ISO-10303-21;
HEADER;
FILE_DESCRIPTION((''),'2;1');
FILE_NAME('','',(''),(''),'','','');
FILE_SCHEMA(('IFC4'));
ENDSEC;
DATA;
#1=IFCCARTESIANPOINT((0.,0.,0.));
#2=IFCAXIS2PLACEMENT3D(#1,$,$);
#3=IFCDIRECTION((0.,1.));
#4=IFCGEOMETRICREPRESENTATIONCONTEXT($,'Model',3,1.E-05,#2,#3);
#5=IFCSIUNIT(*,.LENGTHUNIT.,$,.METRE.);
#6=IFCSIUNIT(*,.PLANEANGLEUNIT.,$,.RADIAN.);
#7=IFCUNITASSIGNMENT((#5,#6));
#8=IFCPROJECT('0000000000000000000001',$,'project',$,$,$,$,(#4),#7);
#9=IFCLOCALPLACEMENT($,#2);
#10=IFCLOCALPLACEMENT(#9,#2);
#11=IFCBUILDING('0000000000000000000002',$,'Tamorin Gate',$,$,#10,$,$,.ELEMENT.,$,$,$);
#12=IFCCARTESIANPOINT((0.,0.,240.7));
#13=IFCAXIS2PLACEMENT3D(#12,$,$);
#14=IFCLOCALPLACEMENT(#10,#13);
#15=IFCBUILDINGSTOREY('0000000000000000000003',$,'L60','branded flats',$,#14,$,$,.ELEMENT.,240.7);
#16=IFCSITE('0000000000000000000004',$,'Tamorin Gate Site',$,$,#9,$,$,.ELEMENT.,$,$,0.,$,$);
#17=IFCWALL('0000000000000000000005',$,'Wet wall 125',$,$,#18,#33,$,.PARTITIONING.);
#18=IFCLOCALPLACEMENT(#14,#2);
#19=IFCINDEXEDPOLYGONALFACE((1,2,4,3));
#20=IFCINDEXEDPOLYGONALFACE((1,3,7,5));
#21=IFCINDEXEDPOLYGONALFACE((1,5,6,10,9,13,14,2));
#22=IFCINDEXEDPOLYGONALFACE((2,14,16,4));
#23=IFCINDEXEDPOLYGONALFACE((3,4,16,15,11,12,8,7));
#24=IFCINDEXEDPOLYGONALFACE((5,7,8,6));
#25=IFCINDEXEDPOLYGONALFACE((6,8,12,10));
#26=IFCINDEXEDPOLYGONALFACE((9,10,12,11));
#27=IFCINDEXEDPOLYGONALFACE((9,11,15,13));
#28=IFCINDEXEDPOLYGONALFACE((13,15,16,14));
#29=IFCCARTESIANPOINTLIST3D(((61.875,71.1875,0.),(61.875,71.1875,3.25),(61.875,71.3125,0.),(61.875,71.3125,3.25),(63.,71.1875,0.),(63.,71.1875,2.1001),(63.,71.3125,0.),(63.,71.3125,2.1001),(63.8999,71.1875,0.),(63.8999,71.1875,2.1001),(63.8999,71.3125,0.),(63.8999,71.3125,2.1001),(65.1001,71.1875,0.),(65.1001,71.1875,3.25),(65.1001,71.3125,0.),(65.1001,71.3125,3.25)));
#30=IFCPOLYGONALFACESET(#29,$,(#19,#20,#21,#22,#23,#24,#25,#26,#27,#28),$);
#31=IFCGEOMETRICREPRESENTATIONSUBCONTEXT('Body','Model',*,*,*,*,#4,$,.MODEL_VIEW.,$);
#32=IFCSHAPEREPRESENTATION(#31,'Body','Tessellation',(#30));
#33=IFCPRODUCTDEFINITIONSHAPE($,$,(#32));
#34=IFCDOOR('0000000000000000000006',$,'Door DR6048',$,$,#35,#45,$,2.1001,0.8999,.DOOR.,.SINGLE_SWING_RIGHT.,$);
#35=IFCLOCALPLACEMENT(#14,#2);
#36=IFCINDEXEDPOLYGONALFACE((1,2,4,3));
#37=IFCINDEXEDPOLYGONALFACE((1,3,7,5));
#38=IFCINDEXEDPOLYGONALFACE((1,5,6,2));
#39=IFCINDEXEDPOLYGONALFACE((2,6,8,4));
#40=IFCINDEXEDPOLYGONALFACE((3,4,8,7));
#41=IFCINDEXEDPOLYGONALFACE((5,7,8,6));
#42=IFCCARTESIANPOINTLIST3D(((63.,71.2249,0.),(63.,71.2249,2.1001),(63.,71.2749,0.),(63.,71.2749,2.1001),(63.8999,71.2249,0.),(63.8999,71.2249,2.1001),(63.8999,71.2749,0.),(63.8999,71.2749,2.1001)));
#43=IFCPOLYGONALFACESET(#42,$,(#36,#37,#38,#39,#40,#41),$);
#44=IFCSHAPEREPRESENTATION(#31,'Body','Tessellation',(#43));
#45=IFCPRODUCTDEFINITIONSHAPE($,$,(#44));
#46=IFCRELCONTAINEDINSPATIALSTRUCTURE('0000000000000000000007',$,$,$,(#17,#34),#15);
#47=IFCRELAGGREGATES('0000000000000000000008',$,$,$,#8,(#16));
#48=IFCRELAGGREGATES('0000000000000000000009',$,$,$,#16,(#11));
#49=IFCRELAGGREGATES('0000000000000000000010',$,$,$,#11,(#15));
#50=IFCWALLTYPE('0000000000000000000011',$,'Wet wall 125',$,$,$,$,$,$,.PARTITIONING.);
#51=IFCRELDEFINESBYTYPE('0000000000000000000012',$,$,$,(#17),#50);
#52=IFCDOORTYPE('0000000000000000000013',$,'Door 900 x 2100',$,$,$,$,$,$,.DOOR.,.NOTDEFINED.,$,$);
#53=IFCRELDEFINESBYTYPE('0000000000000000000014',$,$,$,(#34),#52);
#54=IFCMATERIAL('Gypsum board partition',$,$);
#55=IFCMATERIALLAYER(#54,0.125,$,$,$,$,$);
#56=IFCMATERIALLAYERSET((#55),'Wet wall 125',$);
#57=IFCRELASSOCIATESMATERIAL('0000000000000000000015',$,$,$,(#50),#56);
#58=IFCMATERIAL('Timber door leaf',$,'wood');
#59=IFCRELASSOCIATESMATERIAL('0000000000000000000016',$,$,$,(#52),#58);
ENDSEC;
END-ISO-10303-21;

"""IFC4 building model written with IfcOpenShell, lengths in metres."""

from ifc_helpers import new_model, si_unit, direction, frame, frame_2d, origin, place, context, subcontext, project, spatial, rectangle, extrude, material, layer, layer_set, type_object, element, fill, save


model = new_model("IFC4")

# Units and contexts
model_context = context("Model", 3, precision=1e-05, world=origin(), true_north=direction((0.0, 1.0)))
body_context = subcontext(model_context, "Body", "Model", "MODEL_VIEW")
ifc_project = project(units=[si_unit("LENGTHUNIT", "METRE"), si_unit("PLANEANGLEUNIT", "RADIAN")], contexts=[model_context])

# Site, building, storey
site_placement = place(None, origin())
site = spatial("IfcSite", under=ifc_project, at=site_placement, Name="Tamorin Gate Site", CompositionType="ELEMENT", RefElevation=0.0)
building_placement = place(site_placement, origin())
building = spatial("IfcBuilding", under=site, at=building_placement, Name="Tamorin Gate", CompositionType="ELEMENT")
storey_placement = place(building_placement, frame((0.0, 0.0, 240.7)))
storey = spatial("IfcBuildingStorey", under=building, at=storey_placement, Name="L60", Description="branded flats", CompositionType="ELEMENT", Elevation=240.7)

# Shared definitions
ifc_material_1 = material(Name="Gypsum board partition")

# Wall, opening, door
ifc_layer_1 = layer(ifc_material_1, 0.125)
ifc_layer_set_1 = layer_set([ifc_layer_1], Name="Wet wall 125")
wall_type_1 = type_object("IfcWallType", Name="Wet wall 125", PredefinedType="PARTITIONING", material=ifc_layer_set_1)
wall_1_placement = place(storey_placement, frame((61.875, 71.25, 0.0), z_axis=(0.0, 0.0, 1.0), x_axis=(1.0, 0.0, 0.0)))
wall_1 = element("IfcWall", 1, at=wall_1_placement, inside=storey, type_object=wall_type_1, Name="Wet wall 125", PredefinedType="PARTITIONING", context=body_context, shape_type="SweptSolid", body=[
    extrude(rectangle(XDim=3.2251, YDim=0.125, at=frame_2d((1.6125, 0.0))), origin(), (0.0, 0.0, 1.0), 3.25),
])
opening_1_placement = place(wall_1_placement, frame((1.125, 0.0, 0.0)))
opening_1 = element("IfcOpeningElement", 2, at=opening_1_placement, cuts=wall_1, PredefinedType="OPENING", context=body_context, shape_type="SweptSolid", body=[
    extrude(rectangle(XDim=0.8999, YDim=2.1001, at=frame_2d((0.45, 1.05))), frame((0.0, 0.0725, 0.0), z_axis=(0.0, -1.0, 0.0), x_axis=(1.0, 0.0, 0.0)), (0.0, 0.0, 1.0), 0.145),
])
ifc_material_2 = material(Name="Timber door leaf", Category="wood")
door_type_1 = type_object("IfcDoorType", Name="Door 900 x 2100", OperationType="NOTDEFINED", PredefinedType="DOOR", material=ifc_material_2)
door_1_placement = place(opening_1_placement, origin())
door_1 = element("IfcDoor", 3, at=door_1_placement, inside=storey, type_object=door_type_1, Name="Door DR6048", OperationType="SINGLE_SWING_RIGHT", OverallHeight=2.1001, OverallWidth=0.8999, PredefinedType="DOOR", context=body_context, shape_type="SweptSolid", body=[
    extrude(rectangle(XDim=0.8999, YDim=2.1001, at=frame_2d((0.45, 1.05))), frame((0.0, 0.0249, 0.0), z_axis=(0.0, -1.0, 0.0), x_axis=(1.0, 0.0, 0.0)), (0.0, 0.0, 1.0), 0.05),
])
fill(opening_1, door_1)

save(model, "model.ifc")
